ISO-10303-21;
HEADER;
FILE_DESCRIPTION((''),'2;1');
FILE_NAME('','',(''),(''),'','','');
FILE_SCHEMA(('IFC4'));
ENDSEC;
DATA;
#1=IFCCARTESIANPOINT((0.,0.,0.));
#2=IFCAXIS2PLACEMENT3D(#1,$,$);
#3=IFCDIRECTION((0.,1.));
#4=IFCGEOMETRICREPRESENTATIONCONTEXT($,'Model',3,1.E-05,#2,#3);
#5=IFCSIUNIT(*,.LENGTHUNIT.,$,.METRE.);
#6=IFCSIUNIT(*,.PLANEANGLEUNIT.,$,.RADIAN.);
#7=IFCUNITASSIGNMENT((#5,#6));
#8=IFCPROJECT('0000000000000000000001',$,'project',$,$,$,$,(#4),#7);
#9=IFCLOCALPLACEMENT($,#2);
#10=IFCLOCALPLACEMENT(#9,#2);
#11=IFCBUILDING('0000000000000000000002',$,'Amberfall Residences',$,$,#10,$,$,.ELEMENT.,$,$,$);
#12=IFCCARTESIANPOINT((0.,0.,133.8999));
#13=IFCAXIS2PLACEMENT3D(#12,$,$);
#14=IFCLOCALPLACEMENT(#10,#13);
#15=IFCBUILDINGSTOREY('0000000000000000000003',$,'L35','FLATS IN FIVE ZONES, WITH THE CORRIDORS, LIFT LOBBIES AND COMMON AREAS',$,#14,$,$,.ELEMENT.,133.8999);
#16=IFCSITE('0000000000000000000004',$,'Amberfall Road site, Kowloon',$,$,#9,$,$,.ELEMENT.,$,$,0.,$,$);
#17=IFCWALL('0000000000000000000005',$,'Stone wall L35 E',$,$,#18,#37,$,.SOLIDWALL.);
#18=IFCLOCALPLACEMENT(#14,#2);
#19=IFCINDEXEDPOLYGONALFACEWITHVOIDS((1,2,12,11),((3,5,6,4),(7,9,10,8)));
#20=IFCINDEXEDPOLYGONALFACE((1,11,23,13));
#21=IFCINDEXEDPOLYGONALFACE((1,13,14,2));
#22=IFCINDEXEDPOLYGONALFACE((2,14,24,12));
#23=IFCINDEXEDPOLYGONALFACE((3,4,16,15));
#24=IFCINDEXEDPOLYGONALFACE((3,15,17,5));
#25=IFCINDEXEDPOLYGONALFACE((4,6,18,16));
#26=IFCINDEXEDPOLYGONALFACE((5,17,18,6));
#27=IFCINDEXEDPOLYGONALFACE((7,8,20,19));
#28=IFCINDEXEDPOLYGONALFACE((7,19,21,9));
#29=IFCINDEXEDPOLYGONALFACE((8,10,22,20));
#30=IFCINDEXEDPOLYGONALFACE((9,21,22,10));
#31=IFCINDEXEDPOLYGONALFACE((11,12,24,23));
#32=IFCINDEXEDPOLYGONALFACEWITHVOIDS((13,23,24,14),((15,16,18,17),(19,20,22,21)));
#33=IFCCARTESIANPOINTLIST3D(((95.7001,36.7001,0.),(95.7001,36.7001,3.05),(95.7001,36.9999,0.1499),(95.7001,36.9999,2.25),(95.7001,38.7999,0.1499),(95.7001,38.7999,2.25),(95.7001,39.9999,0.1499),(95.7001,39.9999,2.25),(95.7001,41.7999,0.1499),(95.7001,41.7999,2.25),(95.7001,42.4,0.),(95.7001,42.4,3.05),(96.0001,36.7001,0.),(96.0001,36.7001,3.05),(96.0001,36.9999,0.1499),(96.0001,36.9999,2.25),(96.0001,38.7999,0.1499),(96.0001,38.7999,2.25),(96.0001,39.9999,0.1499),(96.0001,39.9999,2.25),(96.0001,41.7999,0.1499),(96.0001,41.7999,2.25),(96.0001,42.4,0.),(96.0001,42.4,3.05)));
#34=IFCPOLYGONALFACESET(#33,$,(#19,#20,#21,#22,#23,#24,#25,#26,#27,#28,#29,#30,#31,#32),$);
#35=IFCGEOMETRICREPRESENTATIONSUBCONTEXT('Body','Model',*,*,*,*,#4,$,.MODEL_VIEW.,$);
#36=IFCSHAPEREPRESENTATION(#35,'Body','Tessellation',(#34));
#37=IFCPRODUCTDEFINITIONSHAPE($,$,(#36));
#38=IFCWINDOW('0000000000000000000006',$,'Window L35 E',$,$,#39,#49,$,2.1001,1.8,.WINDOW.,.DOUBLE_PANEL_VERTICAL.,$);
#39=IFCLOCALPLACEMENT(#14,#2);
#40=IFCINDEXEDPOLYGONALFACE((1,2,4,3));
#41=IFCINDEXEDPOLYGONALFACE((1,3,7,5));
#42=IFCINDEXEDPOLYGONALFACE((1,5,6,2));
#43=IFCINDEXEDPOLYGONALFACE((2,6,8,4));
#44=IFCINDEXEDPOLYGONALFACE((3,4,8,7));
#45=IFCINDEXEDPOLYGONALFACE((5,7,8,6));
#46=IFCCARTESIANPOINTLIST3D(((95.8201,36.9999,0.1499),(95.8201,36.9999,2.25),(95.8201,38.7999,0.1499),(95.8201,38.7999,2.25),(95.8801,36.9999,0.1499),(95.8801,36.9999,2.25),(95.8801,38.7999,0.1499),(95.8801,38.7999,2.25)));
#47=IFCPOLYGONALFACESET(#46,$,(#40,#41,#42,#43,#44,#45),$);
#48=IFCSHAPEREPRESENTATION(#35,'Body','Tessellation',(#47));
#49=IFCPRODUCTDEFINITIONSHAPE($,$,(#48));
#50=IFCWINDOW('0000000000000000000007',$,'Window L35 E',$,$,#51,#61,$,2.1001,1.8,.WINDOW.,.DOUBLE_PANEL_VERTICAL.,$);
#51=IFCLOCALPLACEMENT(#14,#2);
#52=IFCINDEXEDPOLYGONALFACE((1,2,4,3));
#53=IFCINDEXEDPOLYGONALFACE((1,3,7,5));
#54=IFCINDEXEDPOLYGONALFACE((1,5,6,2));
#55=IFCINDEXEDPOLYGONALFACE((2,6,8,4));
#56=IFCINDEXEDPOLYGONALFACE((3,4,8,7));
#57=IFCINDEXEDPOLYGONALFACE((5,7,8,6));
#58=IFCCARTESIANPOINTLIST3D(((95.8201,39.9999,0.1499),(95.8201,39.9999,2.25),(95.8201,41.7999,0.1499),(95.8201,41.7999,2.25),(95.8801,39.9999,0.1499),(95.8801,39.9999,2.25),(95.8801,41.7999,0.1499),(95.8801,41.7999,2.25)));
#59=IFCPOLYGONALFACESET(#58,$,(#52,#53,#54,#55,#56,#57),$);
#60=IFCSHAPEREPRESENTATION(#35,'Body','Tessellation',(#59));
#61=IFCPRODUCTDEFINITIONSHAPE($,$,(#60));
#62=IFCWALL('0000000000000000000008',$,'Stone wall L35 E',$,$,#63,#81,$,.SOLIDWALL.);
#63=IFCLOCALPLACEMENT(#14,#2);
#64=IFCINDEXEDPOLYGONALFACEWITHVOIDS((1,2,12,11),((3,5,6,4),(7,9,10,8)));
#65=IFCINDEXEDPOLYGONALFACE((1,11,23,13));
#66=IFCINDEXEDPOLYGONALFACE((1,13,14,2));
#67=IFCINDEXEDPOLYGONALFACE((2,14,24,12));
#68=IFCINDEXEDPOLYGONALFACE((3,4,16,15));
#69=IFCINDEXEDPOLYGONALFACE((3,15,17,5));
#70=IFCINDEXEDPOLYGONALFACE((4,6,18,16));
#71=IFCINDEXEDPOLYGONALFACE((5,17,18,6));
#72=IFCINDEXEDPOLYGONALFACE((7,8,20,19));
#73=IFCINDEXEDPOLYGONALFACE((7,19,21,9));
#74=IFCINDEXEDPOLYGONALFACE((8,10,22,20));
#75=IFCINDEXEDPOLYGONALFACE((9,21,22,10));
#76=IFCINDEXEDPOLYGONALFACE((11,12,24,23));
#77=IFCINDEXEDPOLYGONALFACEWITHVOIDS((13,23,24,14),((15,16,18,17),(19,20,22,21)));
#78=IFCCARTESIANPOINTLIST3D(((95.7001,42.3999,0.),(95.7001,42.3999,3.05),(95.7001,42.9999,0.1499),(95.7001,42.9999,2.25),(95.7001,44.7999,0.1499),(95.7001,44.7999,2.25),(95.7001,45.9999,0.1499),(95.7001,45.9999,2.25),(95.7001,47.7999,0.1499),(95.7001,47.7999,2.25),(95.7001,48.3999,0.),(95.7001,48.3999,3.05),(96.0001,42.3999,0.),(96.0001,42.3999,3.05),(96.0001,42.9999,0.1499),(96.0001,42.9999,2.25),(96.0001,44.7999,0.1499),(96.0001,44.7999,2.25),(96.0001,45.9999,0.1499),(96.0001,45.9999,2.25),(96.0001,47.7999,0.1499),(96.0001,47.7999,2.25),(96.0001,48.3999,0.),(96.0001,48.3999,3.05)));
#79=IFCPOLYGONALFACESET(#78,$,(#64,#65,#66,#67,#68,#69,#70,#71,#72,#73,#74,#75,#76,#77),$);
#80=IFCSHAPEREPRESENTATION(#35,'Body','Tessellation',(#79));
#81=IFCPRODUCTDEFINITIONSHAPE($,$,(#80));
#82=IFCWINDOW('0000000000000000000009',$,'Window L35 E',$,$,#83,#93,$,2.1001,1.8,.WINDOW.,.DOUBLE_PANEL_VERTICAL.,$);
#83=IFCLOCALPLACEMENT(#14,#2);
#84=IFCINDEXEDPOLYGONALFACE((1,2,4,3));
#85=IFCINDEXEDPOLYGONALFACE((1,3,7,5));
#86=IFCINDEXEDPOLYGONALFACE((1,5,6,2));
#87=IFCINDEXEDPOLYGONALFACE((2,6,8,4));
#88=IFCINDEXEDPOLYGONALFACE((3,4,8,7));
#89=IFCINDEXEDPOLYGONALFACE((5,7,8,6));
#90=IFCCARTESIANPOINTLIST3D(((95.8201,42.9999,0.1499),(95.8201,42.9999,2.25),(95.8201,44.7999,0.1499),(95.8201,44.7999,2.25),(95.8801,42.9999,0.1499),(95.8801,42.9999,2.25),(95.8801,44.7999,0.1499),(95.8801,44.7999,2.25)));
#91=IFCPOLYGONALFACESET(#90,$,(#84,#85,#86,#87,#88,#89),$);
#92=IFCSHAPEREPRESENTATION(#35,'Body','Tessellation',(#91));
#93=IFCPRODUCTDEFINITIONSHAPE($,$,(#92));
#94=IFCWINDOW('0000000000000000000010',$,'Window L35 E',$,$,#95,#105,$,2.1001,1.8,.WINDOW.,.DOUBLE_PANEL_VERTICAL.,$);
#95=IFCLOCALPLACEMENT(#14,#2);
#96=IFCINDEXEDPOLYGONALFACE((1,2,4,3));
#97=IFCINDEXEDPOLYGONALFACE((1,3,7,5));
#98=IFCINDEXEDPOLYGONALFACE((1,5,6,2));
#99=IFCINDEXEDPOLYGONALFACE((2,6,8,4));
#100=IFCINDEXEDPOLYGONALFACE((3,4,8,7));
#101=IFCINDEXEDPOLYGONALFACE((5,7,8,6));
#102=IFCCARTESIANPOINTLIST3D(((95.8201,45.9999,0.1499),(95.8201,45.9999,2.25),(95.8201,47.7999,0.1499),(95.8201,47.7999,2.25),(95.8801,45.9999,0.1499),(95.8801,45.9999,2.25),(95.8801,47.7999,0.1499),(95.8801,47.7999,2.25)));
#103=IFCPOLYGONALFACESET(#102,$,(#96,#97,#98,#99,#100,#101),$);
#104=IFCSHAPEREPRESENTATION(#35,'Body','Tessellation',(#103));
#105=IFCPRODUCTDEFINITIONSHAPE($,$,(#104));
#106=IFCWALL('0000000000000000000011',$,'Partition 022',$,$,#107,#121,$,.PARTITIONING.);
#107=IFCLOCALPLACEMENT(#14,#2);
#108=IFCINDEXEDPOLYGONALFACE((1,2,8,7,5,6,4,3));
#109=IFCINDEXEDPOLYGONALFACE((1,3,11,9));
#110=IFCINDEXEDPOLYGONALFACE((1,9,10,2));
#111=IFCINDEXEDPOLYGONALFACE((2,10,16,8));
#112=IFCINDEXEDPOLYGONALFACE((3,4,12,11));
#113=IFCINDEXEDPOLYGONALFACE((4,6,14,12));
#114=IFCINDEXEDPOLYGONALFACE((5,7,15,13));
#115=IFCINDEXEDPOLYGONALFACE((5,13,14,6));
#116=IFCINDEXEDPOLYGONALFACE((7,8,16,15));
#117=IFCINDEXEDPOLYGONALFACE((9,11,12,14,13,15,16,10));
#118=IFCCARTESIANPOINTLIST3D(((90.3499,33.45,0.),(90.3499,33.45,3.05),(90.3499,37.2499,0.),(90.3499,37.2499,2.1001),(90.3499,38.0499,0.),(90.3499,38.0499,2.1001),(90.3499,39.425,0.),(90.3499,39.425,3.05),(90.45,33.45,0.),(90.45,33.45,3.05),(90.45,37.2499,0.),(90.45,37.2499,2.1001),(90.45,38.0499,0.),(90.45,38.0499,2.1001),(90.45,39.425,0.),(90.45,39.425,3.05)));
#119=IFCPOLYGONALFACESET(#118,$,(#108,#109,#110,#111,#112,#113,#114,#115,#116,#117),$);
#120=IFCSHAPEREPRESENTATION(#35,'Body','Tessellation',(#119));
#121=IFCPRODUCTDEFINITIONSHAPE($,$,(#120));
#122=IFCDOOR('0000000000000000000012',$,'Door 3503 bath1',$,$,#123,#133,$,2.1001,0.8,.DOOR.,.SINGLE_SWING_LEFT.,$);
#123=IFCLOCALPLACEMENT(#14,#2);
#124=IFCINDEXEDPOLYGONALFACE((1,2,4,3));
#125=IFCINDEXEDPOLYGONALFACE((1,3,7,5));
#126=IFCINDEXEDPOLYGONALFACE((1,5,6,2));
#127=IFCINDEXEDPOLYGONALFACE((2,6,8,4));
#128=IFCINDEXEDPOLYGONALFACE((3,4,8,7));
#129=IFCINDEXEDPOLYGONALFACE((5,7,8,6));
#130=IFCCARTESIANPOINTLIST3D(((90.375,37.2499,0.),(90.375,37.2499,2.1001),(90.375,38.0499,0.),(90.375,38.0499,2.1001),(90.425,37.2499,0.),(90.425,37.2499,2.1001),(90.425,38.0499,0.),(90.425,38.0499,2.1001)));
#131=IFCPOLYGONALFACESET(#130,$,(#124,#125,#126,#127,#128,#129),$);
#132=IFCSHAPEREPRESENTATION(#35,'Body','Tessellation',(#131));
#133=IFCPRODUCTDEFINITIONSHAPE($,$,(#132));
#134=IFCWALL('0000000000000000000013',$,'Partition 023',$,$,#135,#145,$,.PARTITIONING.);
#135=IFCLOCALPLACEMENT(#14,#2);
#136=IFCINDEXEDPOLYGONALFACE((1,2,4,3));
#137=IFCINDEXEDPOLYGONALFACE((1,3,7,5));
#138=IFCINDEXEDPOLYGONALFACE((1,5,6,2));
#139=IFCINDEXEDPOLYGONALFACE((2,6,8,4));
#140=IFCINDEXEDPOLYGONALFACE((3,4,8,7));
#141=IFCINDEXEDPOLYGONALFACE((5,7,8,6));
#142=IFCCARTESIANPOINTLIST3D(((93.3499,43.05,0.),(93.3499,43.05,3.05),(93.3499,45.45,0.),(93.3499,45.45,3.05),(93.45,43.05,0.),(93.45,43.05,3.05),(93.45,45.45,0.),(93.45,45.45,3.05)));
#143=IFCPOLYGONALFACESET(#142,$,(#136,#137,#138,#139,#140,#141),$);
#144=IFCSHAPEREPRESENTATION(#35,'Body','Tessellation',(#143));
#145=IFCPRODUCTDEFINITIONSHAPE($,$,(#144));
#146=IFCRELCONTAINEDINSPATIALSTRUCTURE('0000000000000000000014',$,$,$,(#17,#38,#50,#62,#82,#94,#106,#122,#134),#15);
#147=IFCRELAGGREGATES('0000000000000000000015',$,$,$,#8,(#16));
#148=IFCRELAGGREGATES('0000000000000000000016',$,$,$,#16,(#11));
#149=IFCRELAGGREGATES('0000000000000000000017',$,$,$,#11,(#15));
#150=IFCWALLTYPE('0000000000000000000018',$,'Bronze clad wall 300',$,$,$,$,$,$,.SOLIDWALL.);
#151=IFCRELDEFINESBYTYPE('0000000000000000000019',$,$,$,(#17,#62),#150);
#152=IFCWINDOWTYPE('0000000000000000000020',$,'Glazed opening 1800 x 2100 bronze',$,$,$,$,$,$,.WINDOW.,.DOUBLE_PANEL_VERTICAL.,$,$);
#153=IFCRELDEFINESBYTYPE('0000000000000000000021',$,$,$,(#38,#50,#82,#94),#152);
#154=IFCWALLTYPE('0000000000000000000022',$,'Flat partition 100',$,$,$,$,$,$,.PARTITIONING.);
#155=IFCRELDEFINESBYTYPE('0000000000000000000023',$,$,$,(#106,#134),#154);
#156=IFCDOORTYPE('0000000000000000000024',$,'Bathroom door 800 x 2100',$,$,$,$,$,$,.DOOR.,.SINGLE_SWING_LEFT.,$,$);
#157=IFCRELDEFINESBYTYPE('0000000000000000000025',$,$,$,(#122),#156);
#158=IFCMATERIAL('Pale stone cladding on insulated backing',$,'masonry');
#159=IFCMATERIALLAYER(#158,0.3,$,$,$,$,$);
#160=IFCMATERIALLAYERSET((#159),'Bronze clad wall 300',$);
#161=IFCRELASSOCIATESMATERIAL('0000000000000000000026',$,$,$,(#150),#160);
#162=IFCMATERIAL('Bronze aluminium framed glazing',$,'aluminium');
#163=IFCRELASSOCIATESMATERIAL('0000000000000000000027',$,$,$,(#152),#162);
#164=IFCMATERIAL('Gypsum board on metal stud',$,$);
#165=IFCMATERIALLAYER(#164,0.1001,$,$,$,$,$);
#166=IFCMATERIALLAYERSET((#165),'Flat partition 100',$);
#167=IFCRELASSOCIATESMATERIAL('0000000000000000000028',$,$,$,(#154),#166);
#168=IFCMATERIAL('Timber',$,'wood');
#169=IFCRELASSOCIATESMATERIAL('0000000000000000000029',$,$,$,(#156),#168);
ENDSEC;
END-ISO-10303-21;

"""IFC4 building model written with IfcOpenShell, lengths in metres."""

from ifc_helpers import new_model, si_unit, direction, frame, frame_2d, origin, place, context, subcontext, project, spatial, rectangle, extrude, material, layer, layer_set, type_object, element, fill, save


model = new_model("IFC4")

# Units and contexts
model_context = context("Model", 3, precision=1e-05, world=origin(), true_north=direction((0.0, 1.0)))
body_context = subcontext(model_context, "Body", "Model", "MODEL_VIEW")
ifc_project = project(units=[si_unit("LENGTHUNIT", "METRE"), si_unit("PLANEANGLEUNIT", "RADIAN")], contexts=[model_context])

# Site, building, storey
site_placement = place(None, origin())
site = spatial("IfcSite", under=ifc_project, at=site_placement, Name="Amberfall Road site, Kowloon", CompositionType="ELEMENT", RefElevation=0.0)
building_placement = place(site_placement, origin())
building = spatial("IfcBuilding", under=site, at=building_placement, Name="Amberfall Residences", CompositionType="ELEMENT")
storey_placement = place(building_placement, frame((0.0, 0.0, 133.8999)))
storey = spatial("IfcBuildingStorey", under=building, at=storey_placement, Name="L35", Description="FLATS IN FIVE ZONES, WITH THE CORRIDORS, LIFT LOBBIES AND COMMON AREAS", CompositionType="ELEMENT", Elevation=133.8999)

# Shared definitions
ifc_material_1 = material(Name="Pale stone cladding on insulated backing", Category="masonry")
ifc_layer_1 = layer(ifc_material_1, 0.3)
ifc_layer_set_1 = layer_set([ifc_layer_1], Name="Bronze clad wall 300")
wall_type_1 = type_object("IfcWallType", Name="Bronze clad wall 300", PredefinedType="SOLIDWALL", material=ifc_layer_set_1)
ifc_material_2 = material(Name="Bronze aluminium framed glazing", Category="aluminium")

# Walls, openings, windows
wall_1_placement = place(storey_placement, frame((95.8501, 36.7, 0.0), z_axis=(0.0, 0.0, 1.0), x_axis=(0.0, 1.0, 0.0)))
wall_1 = element("IfcWall", 1, at=wall_1_placement, inside=storey, type_object=wall_type_1, Name="Stone wall L35 E", PredefinedType="SOLIDWALL", context=body_context, shape_type="SweptSolid", body=[
    extrude(rectangle(XDim=5.7, YDim=0.3, at=frame_2d((2.8501, 0.0))), origin(), (0.0, 0.0, 1.0), 3.05),
])
opening_1_placement = place(wall_1_placement, frame((0.3, 0.0, 0.1499)))
opening_1 = element("IfcOpeningElement", 2, at=opening_1_placement, cuts=wall_1, PredefinedType="OPENING", context=body_context, shape_type="SweptSolid", body=[
    extrude(rectangle(XDim=1.8, YDim=2.1001, at=frame_2d((0.8999, 1.05))), frame((0.0, 0.1599, 0.0), z_axis=(0.0, -1.0, 0.0), x_axis=(1.0, 0.0, 0.0)), (0.0, 0.0, 1.0), 0.3201),
])
opening_2_placement = place(wall_1_placement, frame((3.3, 0.0, 0.1499)))
opening_2 = element("IfcOpeningElement", 3, at=opening_2_placement, cuts=wall_1, PredefinedType="OPENING", context=body_context, shape_type="SweptSolid", body=[
    extrude(rectangle(XDim=1.8, YDim=2.1001, at=frame_2d((0.8999, 1.05))), frame((0.0, 0.1599, 0.0), z_axis=(0.0, -1.0, 0.0), x_axis=(1.0, 0.0, 0.0)), (0.0, 0.0, 1.0), 0.3201),
])
window_type_1 = type_object("IfcWindowType", Name="Glazed opening 1800 x 2100 bronze", PartitioningType="DOUBLE_PANEL_VERTICAL", PredefinedType="WINDOW", material=ifc_material_2)
window_1_placement = place(opening_1_placement, origin())
window_1 = element("IfcWindow", 4, at=window_1_placement, inside=storey, type_object=window_type_1, Name="Window L35 E", OverallHeight=2.1001, OverallWidth=1.8, PartitioningType="DOUBLE_PANEL_VERTICAL", PredefinedType="WINDOW", context=body_context, shape_type="SweptSolid", body=[
    extrude(rectangle(XDim=1.8, YDim=2.1001, at=frame_2d((0.8999, 1.05))), frame((0.0, 0.03, 0.0), z_axis=(0.0, -1.0, 0.0), x_axis=(1.0, 0.0, 0.0)), (0.0, 0.0, 1.0), 0.0601),
])
fill(opening_1, window_1)
window_2_placement = place(opening_2_placement, origin())
window_2 = element("IfcWindow", 5, at=window_2_placement, inside=storey, type_object=window_type_1, Name="Window L35 E", OverallHeight=2.1001, OverallWidth=1.8, PartitioningType="DOUBLE_PANEL_VERTICAL", PredefinedType="WINDOW", context=body_context, shape_type="SweptSolid", body=[
    extrude(rectangle(XDim=1.8, YDim=2.1001, at=frame_2d((0.8999, 1.05))), frame((0.0, 0.03, 0.0), z_axis=(0.0, -1.0, 0.0), x_axis=(1.0, 0.0, 0.0)), (0.0, 0.0, 1.0), 0.0601),
])
fill(opening_2, window_2)
wall_2_placement = place(storey_placement, frame((95.8501, 42.3999, 0.0), z_axis=(0.0, 0.0, 1.0), x_axis=(0.0, 1.0, 0.0)))
wall_2 = element("IfcWall", 6, at=wall_2_placement, inside=storey, type_object=wall_type_1, Name="Stone wall L35 E", PredefinedType="SOLIDWALL", context=body_context, shape_type="SweptSolid", body=[
    extrude(rectangle(XDim=6.0, YDim=0.3, at=frame_2d((3.0, 0.0))), origin(), (0.0, 0.0, 1.0), 3.05),
])
opening_3_placement = place(wall_2_placement, frame((0.6001, 0.0, 0.1499)))
opening_3 = element("IfcOpeningElement", 7, at=opening_3_placement, cuts=wall_2, PredefinedType="OPENING", context=body_context, shape_type="SweptSolid", body=[
    extrude(rectangle(XDim=1.8, YDim=2.1001, at=frame_2d((0.8999, 1.05))), frame((0.0, 0.1599, 0.0), z_axis=(0.0, -1.0, 0.0), x_axis=(1.0, 0.0, 0.0)), (0.0, 0.0, 1.0), 0.3201),
])
opening_4_placement = place(wall_2_placement, frame((3.6001, 0.0, 0.1499)))
opening_4 = element("IfcOpeningElement", 8, at=opening_4_placement, cuts=wall_2, PredefinedType="OPENING", context=body_context, shape_type="SweptSolid", body=[
    extrude(rectangle(XDim=1.8, YDim=2.1001, at=frame_2d((0.8999, 1.05))), frame((0.0, 0.1599, 0.0), z_axis=(0.0, -1.0, 0.0), x_axis=(1.0, 0.0, 0.0)), (0.0, 0.0, 1.0), 0.3201),
])
window_3_placement = place(opening_3_placement, origin())
window_3 = element("IfcWindow", 9, at=window_3_placement, inside=storey, type_object=window_type_1, Name="Window L35 E", OverallHeight=2.1001, OverallWidth=1.8, PartitioningType="DOUBLE_PANEL_VERTICAL", PredefinedType="WINDOW", context=body_context, shape_type="SweptSolid", body=[
    extrude(rectangle(XDim=1.8, YDim=2.1001, at=frame_2d((0.8999, 1.05))), frame((0.0, 0.03, 0.0), z_axis=(0.0, -1.0, 0.0), x_axis=(1.0, 0.0, 0.0)), (0.0, 0.0, 1.0), 0.0601),
])
fill(opening_3, window_3)
window_4_placement = place(opening_4_placement, origin())
window_4 = element("IfcWindow", 10, at=window_4_placement, inside=storey, type_object=window_type_1, Name="Window L35 E", OverallHeight=2.1001, OverallWidth=1.8, PartitioningType="DOUBLE_PANEL_VERTICAL", PredefinedType="WINDOW", context=body_context, shape_type="SweptSolid", body=[
    extrude(rectangle(XDim=1.8, YDim=2.1001, at=frame_2d((0.8999, 1.05))), frame((0.0, 0.03, 0.0), z_axis=(0.0, -1.0, 0.0), x_axis=(1.0, 0.0, 0.0)), (0.0, 0.0, 1.0), 0.0601),
])
fill(opening_4, window_4)

# Wall, opening, door
ifc_material_3 = material(Name="Gypsum board on metal stud")
ifc_layer_2 = layer(ifc_material_3, 0.1001)
ifc_layer_set_2 = layer_set([ifc_layer_2], Name="Flat partition 100")
wall_type_2 = type_object("IfcWallType", Name="Flat partition 100", PredefinedType="PARTITIONING", material=ifc_layer_set_2)
wall_3_placement = place(storey_placement, frame((90.3999, 33.45, 0.0), z_axis=(0.0, 0.0, 1.0), x_axis=(0.0, 1.0, 0.0)))
wall_3 = element("IfcWall", 11, at=wall_3_placement, inside=storey, type_object=wall_type_2, Name="Partition 022", PredefinedType="PARTITIONING", context=body_context, shape_type="SweptSolid", body=[
    extrude(rectangle(XDim=5.9751, YDim=0.1001, at=frame_2d((2.9875, 0.0))), origin(), (0.0, 0.0, 1.0), 3.05),
])
opening_5_placement = place(wall_3_placement, frame((3.8, 0.0, 0.0)))
opening_5 = element("IfcOpeningElement", 12, at=opening_5_placement, cuts=wall_3, PredefinedType="OPENING", context=body_context, shape_type="SweptSolid", body=[
    extrude(rectangle(XDim=0.8, YDim=2.1001, at=frame_2d((0.3999, 1.05))), frame((0.0, 0.0601, 0.0), z_axis=(0.0, -1.0, 0.0), x_axis=(1.0, 0.0, 0.0)), (0.0, 0.0, 1.0), 0.1201),
])
ifc_material_4 = material(Name="Timber", Category="wood")
door_type = type_object("IfcDoorType", Name="Bathroom door 800 x 2100", OperationType="SINGLE_SWING_LEFT", PredefinedType="DOOR", material=ifc_material_4)
door_placement = place(opening_5_placement, origin())
door = element("IfcDoor", 13, at=door_placement, inside=storey, type_object=door_type, Name="Door 3503 bath1", OperationType="SINGLE_SWING_LEFT", OverallHeight=2.1001, OverallWidth=0.8, PredefinedType="DOOR", context=body_context, shape_type="SweptSolid", body=[
    extrude(rectangle(XDim=0.8, YDim=2.1001, at=frame_2d((0.3999, 1.05))), frame((0.0, 0.0249, 0.0), z_axis=(0.0, -1.0, 0.0), x_axis=(1.0, 0.0, 0.0)), (0.0, 0.0, 1.0), 0.05),
])
fill(opening_5, door)

# Wall
wall_4_placement = place(storey_placement, frame((93.3999, 43.05, 0.0), z_axis=(0.0, 0.0, 1.0), x_axis=(0.0, 1.0, 0.0)))
element("IfcWall", 14, at=wall_4_placement, inside=storey, type_object=wall_type_2, Name="Partition 023", PredefinedType="PARTITIONING", context=body_context, shape_type="SweptSolid", body=[
    extrude(rectangle(XDim=2.3999, YDim=0.1001, at=frame_2d((1.2, 0.0))), origin(), (0.0, 0.0, 1.0), 3.05),
])

save(model, "model.ifc")
